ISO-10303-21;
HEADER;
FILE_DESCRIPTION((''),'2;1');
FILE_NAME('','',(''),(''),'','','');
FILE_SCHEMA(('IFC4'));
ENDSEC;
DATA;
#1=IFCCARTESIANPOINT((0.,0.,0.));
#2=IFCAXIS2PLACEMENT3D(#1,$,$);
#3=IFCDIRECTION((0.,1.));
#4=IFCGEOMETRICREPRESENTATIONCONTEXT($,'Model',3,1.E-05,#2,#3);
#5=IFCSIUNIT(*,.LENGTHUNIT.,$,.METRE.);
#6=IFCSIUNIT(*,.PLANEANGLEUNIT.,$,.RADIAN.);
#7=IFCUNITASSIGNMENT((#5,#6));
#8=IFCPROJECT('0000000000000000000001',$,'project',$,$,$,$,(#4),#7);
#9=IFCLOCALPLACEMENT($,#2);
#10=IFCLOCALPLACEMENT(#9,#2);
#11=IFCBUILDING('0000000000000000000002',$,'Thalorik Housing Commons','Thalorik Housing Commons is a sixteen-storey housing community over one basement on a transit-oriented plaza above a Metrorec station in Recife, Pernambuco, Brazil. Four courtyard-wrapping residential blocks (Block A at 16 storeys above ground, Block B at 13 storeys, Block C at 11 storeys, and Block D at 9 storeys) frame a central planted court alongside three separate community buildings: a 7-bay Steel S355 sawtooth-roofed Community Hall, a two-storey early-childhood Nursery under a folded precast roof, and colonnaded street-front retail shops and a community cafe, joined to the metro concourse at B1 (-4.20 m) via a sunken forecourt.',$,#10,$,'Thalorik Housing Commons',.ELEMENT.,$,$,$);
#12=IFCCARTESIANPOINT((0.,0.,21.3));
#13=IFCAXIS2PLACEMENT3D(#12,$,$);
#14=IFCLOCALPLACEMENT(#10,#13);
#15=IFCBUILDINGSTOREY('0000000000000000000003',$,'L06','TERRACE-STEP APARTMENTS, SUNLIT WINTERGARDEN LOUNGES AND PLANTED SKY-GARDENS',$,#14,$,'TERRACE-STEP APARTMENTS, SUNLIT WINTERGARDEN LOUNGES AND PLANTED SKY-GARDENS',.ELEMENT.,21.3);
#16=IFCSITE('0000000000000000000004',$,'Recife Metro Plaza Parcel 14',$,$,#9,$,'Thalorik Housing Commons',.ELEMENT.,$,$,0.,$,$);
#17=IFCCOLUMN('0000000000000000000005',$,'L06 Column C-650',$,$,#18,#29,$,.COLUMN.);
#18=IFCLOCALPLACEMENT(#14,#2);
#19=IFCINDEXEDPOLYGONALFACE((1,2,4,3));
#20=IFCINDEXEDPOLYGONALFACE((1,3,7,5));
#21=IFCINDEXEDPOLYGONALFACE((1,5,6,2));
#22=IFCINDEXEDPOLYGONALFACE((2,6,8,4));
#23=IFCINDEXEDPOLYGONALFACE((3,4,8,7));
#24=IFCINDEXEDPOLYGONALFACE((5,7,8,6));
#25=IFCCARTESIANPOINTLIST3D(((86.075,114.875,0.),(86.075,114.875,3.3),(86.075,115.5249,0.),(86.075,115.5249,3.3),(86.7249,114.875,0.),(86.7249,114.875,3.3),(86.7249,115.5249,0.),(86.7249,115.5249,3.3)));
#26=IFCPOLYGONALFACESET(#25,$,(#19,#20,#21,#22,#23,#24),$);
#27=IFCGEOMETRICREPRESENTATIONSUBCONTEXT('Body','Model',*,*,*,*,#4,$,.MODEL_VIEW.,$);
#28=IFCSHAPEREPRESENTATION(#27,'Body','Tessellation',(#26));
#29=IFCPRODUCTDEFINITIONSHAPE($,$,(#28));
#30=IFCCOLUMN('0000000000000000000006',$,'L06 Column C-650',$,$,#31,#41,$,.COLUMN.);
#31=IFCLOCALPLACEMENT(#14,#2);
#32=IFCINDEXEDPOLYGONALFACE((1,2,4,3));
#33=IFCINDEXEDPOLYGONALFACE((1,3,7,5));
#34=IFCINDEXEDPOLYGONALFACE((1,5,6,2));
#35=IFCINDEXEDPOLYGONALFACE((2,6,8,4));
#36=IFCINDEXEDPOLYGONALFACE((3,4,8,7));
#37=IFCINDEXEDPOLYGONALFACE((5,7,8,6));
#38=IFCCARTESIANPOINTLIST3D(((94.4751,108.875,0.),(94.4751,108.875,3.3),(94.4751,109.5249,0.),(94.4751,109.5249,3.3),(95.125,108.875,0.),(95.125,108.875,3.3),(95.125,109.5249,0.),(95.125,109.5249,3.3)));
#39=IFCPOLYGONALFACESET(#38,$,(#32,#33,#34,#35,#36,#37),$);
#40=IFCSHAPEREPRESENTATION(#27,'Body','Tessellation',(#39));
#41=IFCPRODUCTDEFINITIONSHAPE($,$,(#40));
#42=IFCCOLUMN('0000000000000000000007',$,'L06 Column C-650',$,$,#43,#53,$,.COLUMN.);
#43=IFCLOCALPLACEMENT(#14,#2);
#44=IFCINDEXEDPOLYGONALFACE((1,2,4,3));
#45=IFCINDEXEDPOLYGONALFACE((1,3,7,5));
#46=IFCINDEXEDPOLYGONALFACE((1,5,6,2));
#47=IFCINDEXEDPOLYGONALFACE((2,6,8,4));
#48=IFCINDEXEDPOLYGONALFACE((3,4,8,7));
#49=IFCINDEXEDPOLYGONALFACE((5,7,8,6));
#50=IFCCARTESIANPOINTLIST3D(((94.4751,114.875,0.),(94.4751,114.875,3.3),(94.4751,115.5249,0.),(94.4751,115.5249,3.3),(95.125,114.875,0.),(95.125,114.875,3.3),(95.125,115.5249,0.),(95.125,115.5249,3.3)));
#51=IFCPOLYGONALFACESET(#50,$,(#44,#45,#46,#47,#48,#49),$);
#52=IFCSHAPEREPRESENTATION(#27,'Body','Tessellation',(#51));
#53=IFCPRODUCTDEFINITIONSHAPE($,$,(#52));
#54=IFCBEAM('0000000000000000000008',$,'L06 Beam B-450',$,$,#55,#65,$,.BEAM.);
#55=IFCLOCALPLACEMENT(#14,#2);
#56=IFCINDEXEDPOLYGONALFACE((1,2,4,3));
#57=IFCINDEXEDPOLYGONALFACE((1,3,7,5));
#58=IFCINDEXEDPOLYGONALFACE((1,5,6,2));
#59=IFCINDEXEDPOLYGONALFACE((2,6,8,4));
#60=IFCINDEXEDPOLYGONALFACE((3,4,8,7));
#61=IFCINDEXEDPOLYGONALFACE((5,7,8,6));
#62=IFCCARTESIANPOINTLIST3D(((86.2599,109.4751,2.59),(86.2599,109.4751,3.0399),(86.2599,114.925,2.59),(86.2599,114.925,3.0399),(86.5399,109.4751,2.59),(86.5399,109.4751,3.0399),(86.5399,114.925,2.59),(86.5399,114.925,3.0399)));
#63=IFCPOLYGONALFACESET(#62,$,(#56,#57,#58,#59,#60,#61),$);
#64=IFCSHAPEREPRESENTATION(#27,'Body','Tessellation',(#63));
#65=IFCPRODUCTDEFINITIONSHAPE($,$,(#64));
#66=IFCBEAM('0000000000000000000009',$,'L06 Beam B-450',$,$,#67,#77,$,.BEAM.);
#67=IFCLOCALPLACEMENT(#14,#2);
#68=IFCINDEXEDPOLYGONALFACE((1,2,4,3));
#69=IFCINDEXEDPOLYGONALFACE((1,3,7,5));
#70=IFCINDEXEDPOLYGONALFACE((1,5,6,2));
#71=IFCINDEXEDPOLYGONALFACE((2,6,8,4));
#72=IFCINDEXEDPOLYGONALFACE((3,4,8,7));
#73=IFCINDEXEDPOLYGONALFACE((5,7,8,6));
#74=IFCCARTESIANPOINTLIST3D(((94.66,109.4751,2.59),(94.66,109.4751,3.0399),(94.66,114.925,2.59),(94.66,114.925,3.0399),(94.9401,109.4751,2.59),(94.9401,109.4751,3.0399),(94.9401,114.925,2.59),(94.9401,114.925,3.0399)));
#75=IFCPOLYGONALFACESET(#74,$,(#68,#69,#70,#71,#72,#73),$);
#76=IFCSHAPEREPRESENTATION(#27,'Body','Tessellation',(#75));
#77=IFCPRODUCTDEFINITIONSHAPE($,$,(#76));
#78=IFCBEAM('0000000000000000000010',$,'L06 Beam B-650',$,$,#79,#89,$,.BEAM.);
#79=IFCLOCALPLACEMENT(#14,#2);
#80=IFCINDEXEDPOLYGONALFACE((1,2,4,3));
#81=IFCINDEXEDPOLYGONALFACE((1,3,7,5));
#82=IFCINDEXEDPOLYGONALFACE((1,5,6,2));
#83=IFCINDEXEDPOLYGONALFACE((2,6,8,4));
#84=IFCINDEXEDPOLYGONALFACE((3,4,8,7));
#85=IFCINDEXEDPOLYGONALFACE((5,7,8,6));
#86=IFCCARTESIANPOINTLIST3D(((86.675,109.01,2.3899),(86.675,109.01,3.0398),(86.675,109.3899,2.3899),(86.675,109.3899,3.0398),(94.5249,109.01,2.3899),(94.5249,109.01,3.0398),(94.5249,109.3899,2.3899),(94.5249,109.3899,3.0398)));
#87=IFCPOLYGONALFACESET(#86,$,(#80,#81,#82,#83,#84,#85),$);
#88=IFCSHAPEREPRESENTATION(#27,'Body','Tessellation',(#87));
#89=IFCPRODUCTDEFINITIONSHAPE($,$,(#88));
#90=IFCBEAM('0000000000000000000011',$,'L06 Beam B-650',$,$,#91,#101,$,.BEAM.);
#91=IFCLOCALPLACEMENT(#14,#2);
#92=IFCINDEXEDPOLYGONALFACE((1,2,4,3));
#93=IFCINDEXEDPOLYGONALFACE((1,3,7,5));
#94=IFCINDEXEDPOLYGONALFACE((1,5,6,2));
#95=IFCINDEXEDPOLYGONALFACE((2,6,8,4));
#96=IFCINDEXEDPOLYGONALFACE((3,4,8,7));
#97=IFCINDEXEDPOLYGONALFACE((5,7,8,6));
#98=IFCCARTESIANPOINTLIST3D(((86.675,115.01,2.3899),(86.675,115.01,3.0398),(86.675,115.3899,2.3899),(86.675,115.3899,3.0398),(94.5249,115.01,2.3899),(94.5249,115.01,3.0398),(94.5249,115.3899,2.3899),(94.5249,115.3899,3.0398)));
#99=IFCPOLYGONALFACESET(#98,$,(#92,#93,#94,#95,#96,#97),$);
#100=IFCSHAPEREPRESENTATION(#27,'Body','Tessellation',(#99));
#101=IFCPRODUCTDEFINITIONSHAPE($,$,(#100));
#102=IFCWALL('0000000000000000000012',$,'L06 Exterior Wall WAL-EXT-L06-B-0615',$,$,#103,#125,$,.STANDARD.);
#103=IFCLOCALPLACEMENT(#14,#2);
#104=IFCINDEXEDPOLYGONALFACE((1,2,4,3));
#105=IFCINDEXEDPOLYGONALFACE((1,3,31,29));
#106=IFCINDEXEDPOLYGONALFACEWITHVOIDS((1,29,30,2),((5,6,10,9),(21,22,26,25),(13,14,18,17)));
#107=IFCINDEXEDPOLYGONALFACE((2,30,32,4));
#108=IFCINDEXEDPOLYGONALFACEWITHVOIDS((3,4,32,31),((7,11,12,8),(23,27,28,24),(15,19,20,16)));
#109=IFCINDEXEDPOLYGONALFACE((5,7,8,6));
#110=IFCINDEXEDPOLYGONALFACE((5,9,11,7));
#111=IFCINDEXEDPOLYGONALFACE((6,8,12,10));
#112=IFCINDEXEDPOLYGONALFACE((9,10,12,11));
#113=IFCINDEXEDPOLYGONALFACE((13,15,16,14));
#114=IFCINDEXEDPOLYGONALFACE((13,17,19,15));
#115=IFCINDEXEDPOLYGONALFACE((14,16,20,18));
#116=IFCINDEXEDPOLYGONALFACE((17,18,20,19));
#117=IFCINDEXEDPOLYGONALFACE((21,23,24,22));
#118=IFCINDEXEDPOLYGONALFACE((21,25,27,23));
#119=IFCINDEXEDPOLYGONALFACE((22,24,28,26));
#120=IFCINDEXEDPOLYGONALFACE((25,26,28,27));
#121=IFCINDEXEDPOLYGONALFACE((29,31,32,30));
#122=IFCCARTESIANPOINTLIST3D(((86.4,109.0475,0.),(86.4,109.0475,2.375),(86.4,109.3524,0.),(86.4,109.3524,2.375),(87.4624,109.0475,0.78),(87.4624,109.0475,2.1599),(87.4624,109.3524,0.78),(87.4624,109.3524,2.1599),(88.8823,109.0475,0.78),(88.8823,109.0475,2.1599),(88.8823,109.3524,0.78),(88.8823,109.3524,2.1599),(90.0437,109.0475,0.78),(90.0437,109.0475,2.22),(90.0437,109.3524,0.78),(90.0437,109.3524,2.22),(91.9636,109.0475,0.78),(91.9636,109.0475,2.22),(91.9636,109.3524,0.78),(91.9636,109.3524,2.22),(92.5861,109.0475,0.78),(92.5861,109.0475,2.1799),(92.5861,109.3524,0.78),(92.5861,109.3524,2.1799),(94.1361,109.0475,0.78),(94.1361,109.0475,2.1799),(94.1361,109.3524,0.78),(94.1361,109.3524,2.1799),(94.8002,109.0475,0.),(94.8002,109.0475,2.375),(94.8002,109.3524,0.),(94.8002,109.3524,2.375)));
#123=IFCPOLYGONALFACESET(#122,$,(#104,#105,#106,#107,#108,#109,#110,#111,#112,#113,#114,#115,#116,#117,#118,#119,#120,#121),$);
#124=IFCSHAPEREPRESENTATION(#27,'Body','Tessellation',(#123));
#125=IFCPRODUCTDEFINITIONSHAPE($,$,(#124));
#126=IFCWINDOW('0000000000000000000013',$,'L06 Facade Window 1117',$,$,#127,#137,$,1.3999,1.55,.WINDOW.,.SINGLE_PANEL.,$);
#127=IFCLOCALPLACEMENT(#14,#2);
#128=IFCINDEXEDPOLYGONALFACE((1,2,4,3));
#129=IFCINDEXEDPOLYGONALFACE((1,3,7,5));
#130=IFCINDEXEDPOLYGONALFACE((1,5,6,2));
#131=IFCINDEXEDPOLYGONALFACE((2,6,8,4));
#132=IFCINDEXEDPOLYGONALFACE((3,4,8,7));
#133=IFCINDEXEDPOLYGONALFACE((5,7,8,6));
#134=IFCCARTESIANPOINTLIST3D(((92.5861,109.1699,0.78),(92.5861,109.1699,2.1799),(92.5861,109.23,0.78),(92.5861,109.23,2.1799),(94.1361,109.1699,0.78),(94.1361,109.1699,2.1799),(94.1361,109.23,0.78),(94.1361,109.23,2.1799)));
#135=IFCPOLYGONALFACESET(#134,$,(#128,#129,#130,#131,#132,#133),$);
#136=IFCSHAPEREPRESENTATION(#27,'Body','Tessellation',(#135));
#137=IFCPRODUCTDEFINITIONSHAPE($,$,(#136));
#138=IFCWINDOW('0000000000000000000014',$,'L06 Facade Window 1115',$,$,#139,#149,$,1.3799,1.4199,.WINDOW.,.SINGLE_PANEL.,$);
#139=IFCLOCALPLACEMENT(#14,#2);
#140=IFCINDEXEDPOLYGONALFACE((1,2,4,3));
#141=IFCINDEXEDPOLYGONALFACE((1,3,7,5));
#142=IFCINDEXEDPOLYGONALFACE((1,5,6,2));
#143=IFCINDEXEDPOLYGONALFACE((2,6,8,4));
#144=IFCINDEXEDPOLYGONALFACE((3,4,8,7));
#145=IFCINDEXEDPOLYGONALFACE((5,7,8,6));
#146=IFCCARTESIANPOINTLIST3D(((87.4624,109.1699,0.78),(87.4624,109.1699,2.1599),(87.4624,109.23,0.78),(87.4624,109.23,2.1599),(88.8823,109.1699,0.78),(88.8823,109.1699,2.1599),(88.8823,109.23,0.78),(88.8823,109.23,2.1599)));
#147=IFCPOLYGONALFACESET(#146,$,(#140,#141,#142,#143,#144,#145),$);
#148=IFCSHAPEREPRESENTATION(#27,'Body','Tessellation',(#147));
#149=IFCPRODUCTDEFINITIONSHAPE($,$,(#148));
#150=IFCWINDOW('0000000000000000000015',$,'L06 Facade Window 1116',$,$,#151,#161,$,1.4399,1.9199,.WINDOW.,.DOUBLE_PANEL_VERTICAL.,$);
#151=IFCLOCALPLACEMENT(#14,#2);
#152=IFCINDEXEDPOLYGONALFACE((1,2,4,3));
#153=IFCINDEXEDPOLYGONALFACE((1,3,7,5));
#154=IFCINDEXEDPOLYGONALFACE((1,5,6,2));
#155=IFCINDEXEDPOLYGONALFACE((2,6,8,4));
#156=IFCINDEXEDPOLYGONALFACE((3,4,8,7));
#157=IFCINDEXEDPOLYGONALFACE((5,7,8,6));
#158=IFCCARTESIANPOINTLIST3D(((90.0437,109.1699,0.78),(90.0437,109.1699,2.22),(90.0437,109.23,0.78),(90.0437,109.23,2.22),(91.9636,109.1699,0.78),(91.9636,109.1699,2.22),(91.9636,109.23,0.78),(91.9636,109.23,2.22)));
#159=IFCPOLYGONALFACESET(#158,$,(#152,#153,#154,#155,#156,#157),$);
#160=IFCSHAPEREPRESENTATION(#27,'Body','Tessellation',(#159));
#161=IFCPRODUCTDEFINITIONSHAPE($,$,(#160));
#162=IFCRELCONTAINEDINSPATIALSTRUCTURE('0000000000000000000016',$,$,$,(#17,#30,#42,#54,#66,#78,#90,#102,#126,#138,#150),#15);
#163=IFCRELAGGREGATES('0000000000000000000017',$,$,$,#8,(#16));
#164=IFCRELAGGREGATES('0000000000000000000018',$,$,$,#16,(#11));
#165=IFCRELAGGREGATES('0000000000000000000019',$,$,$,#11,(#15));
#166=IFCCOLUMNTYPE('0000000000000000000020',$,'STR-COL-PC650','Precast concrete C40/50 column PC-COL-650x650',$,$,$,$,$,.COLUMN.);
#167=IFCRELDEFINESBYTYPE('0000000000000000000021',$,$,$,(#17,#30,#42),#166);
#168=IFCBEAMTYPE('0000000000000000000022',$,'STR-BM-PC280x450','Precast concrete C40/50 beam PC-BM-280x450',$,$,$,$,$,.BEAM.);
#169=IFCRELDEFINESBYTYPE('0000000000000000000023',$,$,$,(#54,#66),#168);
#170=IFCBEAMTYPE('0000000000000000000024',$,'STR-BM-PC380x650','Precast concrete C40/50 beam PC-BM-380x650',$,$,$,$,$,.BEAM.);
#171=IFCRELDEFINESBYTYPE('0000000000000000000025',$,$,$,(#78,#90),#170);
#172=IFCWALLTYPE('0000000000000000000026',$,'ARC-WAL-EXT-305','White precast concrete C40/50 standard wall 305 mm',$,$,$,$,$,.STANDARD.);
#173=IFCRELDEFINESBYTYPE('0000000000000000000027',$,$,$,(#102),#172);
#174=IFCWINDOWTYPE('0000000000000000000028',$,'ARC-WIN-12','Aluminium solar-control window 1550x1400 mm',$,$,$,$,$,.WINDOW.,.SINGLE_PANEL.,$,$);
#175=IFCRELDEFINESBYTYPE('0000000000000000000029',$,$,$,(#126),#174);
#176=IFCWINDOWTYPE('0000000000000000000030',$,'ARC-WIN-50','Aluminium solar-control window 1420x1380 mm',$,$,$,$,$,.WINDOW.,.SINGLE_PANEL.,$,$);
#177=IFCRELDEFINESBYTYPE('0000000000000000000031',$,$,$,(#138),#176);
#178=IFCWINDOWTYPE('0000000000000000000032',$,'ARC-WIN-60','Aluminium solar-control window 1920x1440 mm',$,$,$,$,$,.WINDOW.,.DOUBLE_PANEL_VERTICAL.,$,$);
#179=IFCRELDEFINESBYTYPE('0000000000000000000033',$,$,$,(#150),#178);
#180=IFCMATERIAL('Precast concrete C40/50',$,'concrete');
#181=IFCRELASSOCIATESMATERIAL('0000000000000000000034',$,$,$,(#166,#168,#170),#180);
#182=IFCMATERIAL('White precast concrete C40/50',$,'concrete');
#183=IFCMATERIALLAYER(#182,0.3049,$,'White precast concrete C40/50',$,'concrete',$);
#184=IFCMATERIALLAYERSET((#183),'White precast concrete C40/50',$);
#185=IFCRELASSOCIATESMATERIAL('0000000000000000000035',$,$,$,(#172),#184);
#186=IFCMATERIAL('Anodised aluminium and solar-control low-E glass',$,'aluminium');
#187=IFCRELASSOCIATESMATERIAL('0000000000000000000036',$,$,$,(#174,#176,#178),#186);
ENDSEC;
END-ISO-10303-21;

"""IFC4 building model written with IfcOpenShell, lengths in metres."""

from ifc_helpers import new_model, si_unit, direction, frame, frame_2d, origin, origin_2d, place, context, subcontext, project, spatial, rectangle, extrude, material, layer, layer_set, material_profile, profile_set, type_object, element, fill, save


model = new_model("IFC4")

# Units and contexts
model_context = context("Model", 3, precision=1e-05, world=origin(), true_north=direction((0.0, 1.0)))
body_context = subcontext(model_context, "Body", "Model", "MODEL_VIEW")
ifc_project = project(units=[si_unit("LENGTHUNIT", "METRE"), si_unit("PLANEANGLEUNIT", "RADIAN")], contexts=[model_context])

# Site, building, storey
site_placement = place(None, origin())
site = spatial("IfcSite", under=ifc_project, at=site_placement, Name="Recife Metro Plaza Parcel 14", LongName="Thalorik Housing Commons", CompositionType="ELEMENT", RefElevation=0.0)
building_placement = place(site_placement, origin())
building = spatial("IfcBuilding", under=site, at=building_placement, Name="Thalorik Housing Commons", Description="Thalorik Housing Commons is a sixteen-storey housing community over one basement on a transit-oriented plaza above a Metrorec station in Recife, Pernambuco, Brazil. Four courtyard-wrapping residential blocks (Block A at 16 storeys above ground, Block B at 13 storeys, Block C at 11 storeys, and Block D at 9 storeys) frame a central planted court alongside three separate community buildings: a 7-bay Steel S355 sawtooth-roofed Community Hall, a two-storey early-childhood Nursery under a folded precast roof, and colonnaded street-front retail shops and a community cafe, joined to the metro concourse at B1 (-4.20 m) via a sunken forecourt.", LongName="Thalorik Housing Commons", CompositionType="ELEMENT")
storey_placement = place(building_placement, frame((0.0, 0.0, 21.3)))
storey = spatial("IfcBuildingStorey", under=building, at=storey_placement, Name="L06", Description="TERRACE-STEP APARTMENTS, SUNLIT WINTERGARDEN LOUNGES AND PLANTED SKY-GARDENS", LongName="TERRACE-STEP APARTMENTS, SUNLIT WINTERGARDEN LOUNGES AND PLANTED SKY-GARDENS", CompositionType="ELEMENT", Elevation=21.3)

# Columns
ifc_material_1 = material(Name="Precast concrete C40/50", Category="concrete")
ifc_material_profile_1 = material_profile(ifc_material_1, rectangle(XDim=0.6499, YDim=0.6499, at=origin_2d()), Name="PC 650x650", Category="concrete")
ifc_profile_set_1 = profile_set([ifc_material_profile_1], Name="Precast concrete C40/50")
column_type = type_object("IfcColumnType", Name="STR-COL-PC650", Description="Precast concrete C40/50 column PC-COL-650x650", PredefinedType="COLUMN", material=ifc_profile_set_1)
for number, where, z_axis, x_axis, name in (
    (1, (86.3999, 115.2, 0.0), (0.0, 0.0, 1.0), (1.0, 0.0, 0.0), "L06 Column C-650"),
    (2, (94.8, 109.2, 0.0), (0.0, 0.0, 1.0), (1.0, 0.0, 0.0), "L06 Column C-650"),
    (3, (94.8, 115.2, 0.0), (0.0, 0.0, 1.0), (1.0, 0.0, 0.0), "L06 Column C-650"),
):
    element("IfcColumn", number, at=place(storey_placement, frame(where, z_axis=z_axis, x_axis=x_axis)), inside=storey, type_object=column_type, Name=name, PredefinedType="COLUMN", context=body_context, shape_type="SweptSolid", body=[
        extrude(rectangle(XDim=0.6499, YDim=0.6499, at=origin_2d()), origin(), (0.0, 0.0, 1.0), 3.3),
    ])

# Beams
ifc_material_profile_2 = material_profile(ifc_material_1, rectangle(XDim=0.28, YDim=0.45, at=origin_2d()), Name="PC 280x450", Category="concrete")
ifc_profile_set_2 = profile_set([ifc_material_profile_2], Name="Precast concrete C40/50")
beam_type_1 = type_object("IfcBeamType", Name="STR-BM-PC280x450", Description="Precast concrete C40/50 beam PC-BM-280x450", PredefinedType="BEAM", material=ifc_profile_set_2)
for number, where, z_axis, x_axis, name in (
    (4, (86.3999, 109.4751, 2.8149), (0.0, 1.0, 0.0), (-1.0, 0.0, 0.0), "L06 Beam B-450"),
    (5, (94.8, 109.4751, 2.8149), (0.0, 1.0, 0.0), (-1.0, 0.0, 0.0), "L06 Beam B-450"),
):
    element("IfcBeam", number, at=place(storey_placement, frame(where, z_axis=z_axis, x_axis=x_axis)), inside=storey, type_object=beam_type_1, Name=name, PredefinedType="BEAM", context=body_context, shape_type="SweptSolid", body=[
        extrude(rectangle(XDim=0.28, YDim=0.45, at=origin_2d()), origin(), (0.0, 0.0, 1.0), 5.45),
    ])
ifc_material_profile_3 = material_profile(ifc_material_1, rectangle(XDim=0.3799, YDim=0.6499, at=origin_2d()), Name="PC 380x650", Category="concrete")
ifc_profile_set_3 = profile_set([ifc_material_profile_3], Name="Precast concrete C40/50")
beam_type_2 = type_object("IfcBeamType", Name="STR-BM-PC380x650", Description="Precast concrete C40/50 beam PC-BM-380x650", PredefinedType="BEAM", material=ifc_profile_set_3)
for number, where, z_axis, x_axis, name in (
    (6, (86.675, 109.2, 2.7148), (1.0, 0.0, 0.0), (0.0, 1.0, 0.0), "L06 Beam B-650"),
    (7, (86.675, 115.2, 2.7148), (1.0, 0.0, 0.0), (0.0, 1.0, 0.0), "L06 Beam B-650"),
):
    element("IfcBeam", number, at=place(storey_placement, frame(where, z_axis=z_axis, x_axis=x_axis)), inside=storey, type_object=beam_type_2, Name=name, PredefinedType="BEAM", context=body_context, shape_type="SweptSolid", body=[
        extrude(rectangle(XDim=0.3799, YDim=0.6499, at=origin_2d()), origin(), (0.0, 0.0, 1.0), 7.8499),
    ])

# Wall, openings, windows
ifc_material_2 = material(Name="White precast concrete C40/50", Category="concrete")
ifc_layer_1 = layer(ifc_material_2, 0.3049, Name="White precast concrete C40/50", Category="concrete")
ifc_layer_set_1 = layer_set([ifc_layer_1], Name="White precast concrete C40/50")
wall_type_1 = type_object("IfcWallType", Name="ARC-WAL-EXT-305", Description="White precast concrete C40/50 standard wall 305 mm", PredefinedType="STANDARD", material=ifc_layer_set_1)
wall_1_placement = place(storey_placement, frame((86.3999, 109.2, 0.0), z_axis=(0.0, 0.0, 1.0), x_axis=(1.0, 0.0, 0.0)))
wall_1 = element("IfcWall", 8, at=wall_1_placement, inside=storey, type_object=wall_type_1, Name="L06 Exterior Wall WAL-EXT-L06-B-0615", PredefinedType="STANDARD", context=body_context, shape_type="SweptSolid", body=[
    extrude(rectangle(XDim=8.4001, YDim=0.3049, at=frame_2d((4.2002, 0.0))), origin(), (0.0, 0.0, 1.0), 2.375),
])
opening_1_placement = place(wall_1_placement, frame((1.0625, 0.0, 0.78)))
opening_1 = element("IfcOpeningElement", 9, at=opening_1_placement, cuts=wall_1, PredefinedType="OPENING", context=body_context, shape_type="SweptSolid", body=[
    extrude(rectangle(XDim=1.4199, YDim=1.3799, at=frame_2d((0.71, 0.6899))), frame((0.0, 0.1626, 0.0), z_axis=(0.0, -1.0, 0.0), x_axis=(1.0, 0.0, 0.0)), (0.0, 0.0, 1.0), 0.325),
])
opening_2_placement = place(wall_1_placement, frame((3.6438, 0.0, 0.78)))
opening_2 = element("IfcOpeningElement", 10, at=opening_2_placement, cuts=wall_1, PredefinedType="OPENING", context=body_context, shape_type="SweptSolid", body=[
    extrude(rectangle(XDim=1.9199, YDim=1.4399, at=frame_2d((0.96, 0.72))), frame((0.0, 0.1626, 0.0), z_axis=(0.0, -1.0, 0.0), x_axis=(1.0, 0.0, 0.0)), (0.0, 0.0, 1.0), 0.325),
])
opening_3_placement = place(wall_1_placement, frame((6.1863, 0.0, 0.78)))
opening_3 = element("IfcOpeningElement", 11, at=opening_3_placement, cuts=wall_1, PredefinedType="OPENING", context=body_context, shape_type="SweptSolid", body=[
    extrude(rectangle(XDim=1.55, YDim=1.3999, at=frame_2d((0.7749, 0.7))), frame((0.0, 0.1626, 0.0), z_axis=(0.0, -1.0, 0.0), x_axis=(1.0, 0.0, 0.0)), (0.0, 0.0, 1.0), 0.325),
])
ifc_material_3 = material(Name="Anodised aluminium and solar-control low-E glass", Category="aluminium")
window_type_1 = type_object("IfcWindowType", Name="ARC-WIN-12", Description="Aluminium solar-control window 1550x1400 mm", PartitioningType="SINGLE_PANEL", PredefinedType="WINDOW", material=ifc_material_3)
window_1_placement = place(opening_3_placement, origin())
window_1 = element("IfcWindow", 12, at=window_1_placement, inside=storey, type_object=window_type_1, Name="L06 Facade Window 1117", OverallHeight=1.3999, OverallWidth=1.55, PartitioningType="SINGLE_PANEL", PredefinedType="WINDOW", context=body_context, shape_type="SweptSolid", body=[
    extrude(rectangle(XDim=1.55, YDim=1.3999, at=frame_2d((0.7749, 0.7))), frame((0.0, 0.03, 0.0), z_axis=(0.0, -1.0, 0.0), x_axis=(1.0, 0.0, 0.0)), (0.0, 0.0, 1.0), 0.0601),
])
fill(opening_3, window_1)
window_type_2 = type_object("IfcWindowType", Name="ARC-WIN-50", Description="Aluminium solar-control window 1420x1380 mm", PartitioningType="SINGLE_PANEL", PredefinedType="WINDOW", material=ifc_material_3)
window_2_placement = place(opening_1_placement, origin())
window_2 = element("IfcWindow", 13, at=window_2_placement, inside=storey, type_object=window_type_2, Name="L06 Facade Window 1115", OverallHeight=1.3799, OverallWidth=1.4199, PartitioningType="SINGLE_PANEL", PredefinedType="WINDOW", context=body_context, shape_type="SweptSolid", body=[
    extrude(rectangle(XDim=1.4199, YDim=1.3799, at=frame_2d((0.71, 0.6899))), frame((0.0, 0.03, 0.0), z_axis=(0.0, -1.0, 0.0), x_axis=(1.0, 0.0, 0.0)), (0.0, 0.0, 1.0), 0.0601),
])
fill(opening_1, window_2)
window_type_3 = type_object("IfcWindowType", Name="ARC-WIN-60", Description="Aluminium solar-control window 1920x1440 mm", PartitioningType="DOUBLE_PANEL_VERTICAL", PredefinedType="WINDOW", material=ifc_material_3)
window_3_placement = place(opening_2_placement, origin())
window_3 = element("IfcWindow", 14, at=window_3_placement, inside=storey, type_object=window_type_3, Name="L06 Facade Window 1116", OverallHeight=1.4399, OverallWidth=1.9199, PartitioningType="DOUBLE_PANEL_VERTICAL", PredefinedType="WINDOW", context=body_context, shape_type="SweptSolid", body=[
    extrude(rectangle(XDim=1.9199, YDim=1.4399, at=frame_2d((0.96, 0.72))), frame((0.0, 0.03, 0.0), z_axis=(0.0, -1.0, 0.0), x_axis=(1.0, 0.0, 0.0)), (0.0, 0.0, 1.0), 0.0601),
])
fill(opening_2, window_3)

save(model, "model.ifc")
